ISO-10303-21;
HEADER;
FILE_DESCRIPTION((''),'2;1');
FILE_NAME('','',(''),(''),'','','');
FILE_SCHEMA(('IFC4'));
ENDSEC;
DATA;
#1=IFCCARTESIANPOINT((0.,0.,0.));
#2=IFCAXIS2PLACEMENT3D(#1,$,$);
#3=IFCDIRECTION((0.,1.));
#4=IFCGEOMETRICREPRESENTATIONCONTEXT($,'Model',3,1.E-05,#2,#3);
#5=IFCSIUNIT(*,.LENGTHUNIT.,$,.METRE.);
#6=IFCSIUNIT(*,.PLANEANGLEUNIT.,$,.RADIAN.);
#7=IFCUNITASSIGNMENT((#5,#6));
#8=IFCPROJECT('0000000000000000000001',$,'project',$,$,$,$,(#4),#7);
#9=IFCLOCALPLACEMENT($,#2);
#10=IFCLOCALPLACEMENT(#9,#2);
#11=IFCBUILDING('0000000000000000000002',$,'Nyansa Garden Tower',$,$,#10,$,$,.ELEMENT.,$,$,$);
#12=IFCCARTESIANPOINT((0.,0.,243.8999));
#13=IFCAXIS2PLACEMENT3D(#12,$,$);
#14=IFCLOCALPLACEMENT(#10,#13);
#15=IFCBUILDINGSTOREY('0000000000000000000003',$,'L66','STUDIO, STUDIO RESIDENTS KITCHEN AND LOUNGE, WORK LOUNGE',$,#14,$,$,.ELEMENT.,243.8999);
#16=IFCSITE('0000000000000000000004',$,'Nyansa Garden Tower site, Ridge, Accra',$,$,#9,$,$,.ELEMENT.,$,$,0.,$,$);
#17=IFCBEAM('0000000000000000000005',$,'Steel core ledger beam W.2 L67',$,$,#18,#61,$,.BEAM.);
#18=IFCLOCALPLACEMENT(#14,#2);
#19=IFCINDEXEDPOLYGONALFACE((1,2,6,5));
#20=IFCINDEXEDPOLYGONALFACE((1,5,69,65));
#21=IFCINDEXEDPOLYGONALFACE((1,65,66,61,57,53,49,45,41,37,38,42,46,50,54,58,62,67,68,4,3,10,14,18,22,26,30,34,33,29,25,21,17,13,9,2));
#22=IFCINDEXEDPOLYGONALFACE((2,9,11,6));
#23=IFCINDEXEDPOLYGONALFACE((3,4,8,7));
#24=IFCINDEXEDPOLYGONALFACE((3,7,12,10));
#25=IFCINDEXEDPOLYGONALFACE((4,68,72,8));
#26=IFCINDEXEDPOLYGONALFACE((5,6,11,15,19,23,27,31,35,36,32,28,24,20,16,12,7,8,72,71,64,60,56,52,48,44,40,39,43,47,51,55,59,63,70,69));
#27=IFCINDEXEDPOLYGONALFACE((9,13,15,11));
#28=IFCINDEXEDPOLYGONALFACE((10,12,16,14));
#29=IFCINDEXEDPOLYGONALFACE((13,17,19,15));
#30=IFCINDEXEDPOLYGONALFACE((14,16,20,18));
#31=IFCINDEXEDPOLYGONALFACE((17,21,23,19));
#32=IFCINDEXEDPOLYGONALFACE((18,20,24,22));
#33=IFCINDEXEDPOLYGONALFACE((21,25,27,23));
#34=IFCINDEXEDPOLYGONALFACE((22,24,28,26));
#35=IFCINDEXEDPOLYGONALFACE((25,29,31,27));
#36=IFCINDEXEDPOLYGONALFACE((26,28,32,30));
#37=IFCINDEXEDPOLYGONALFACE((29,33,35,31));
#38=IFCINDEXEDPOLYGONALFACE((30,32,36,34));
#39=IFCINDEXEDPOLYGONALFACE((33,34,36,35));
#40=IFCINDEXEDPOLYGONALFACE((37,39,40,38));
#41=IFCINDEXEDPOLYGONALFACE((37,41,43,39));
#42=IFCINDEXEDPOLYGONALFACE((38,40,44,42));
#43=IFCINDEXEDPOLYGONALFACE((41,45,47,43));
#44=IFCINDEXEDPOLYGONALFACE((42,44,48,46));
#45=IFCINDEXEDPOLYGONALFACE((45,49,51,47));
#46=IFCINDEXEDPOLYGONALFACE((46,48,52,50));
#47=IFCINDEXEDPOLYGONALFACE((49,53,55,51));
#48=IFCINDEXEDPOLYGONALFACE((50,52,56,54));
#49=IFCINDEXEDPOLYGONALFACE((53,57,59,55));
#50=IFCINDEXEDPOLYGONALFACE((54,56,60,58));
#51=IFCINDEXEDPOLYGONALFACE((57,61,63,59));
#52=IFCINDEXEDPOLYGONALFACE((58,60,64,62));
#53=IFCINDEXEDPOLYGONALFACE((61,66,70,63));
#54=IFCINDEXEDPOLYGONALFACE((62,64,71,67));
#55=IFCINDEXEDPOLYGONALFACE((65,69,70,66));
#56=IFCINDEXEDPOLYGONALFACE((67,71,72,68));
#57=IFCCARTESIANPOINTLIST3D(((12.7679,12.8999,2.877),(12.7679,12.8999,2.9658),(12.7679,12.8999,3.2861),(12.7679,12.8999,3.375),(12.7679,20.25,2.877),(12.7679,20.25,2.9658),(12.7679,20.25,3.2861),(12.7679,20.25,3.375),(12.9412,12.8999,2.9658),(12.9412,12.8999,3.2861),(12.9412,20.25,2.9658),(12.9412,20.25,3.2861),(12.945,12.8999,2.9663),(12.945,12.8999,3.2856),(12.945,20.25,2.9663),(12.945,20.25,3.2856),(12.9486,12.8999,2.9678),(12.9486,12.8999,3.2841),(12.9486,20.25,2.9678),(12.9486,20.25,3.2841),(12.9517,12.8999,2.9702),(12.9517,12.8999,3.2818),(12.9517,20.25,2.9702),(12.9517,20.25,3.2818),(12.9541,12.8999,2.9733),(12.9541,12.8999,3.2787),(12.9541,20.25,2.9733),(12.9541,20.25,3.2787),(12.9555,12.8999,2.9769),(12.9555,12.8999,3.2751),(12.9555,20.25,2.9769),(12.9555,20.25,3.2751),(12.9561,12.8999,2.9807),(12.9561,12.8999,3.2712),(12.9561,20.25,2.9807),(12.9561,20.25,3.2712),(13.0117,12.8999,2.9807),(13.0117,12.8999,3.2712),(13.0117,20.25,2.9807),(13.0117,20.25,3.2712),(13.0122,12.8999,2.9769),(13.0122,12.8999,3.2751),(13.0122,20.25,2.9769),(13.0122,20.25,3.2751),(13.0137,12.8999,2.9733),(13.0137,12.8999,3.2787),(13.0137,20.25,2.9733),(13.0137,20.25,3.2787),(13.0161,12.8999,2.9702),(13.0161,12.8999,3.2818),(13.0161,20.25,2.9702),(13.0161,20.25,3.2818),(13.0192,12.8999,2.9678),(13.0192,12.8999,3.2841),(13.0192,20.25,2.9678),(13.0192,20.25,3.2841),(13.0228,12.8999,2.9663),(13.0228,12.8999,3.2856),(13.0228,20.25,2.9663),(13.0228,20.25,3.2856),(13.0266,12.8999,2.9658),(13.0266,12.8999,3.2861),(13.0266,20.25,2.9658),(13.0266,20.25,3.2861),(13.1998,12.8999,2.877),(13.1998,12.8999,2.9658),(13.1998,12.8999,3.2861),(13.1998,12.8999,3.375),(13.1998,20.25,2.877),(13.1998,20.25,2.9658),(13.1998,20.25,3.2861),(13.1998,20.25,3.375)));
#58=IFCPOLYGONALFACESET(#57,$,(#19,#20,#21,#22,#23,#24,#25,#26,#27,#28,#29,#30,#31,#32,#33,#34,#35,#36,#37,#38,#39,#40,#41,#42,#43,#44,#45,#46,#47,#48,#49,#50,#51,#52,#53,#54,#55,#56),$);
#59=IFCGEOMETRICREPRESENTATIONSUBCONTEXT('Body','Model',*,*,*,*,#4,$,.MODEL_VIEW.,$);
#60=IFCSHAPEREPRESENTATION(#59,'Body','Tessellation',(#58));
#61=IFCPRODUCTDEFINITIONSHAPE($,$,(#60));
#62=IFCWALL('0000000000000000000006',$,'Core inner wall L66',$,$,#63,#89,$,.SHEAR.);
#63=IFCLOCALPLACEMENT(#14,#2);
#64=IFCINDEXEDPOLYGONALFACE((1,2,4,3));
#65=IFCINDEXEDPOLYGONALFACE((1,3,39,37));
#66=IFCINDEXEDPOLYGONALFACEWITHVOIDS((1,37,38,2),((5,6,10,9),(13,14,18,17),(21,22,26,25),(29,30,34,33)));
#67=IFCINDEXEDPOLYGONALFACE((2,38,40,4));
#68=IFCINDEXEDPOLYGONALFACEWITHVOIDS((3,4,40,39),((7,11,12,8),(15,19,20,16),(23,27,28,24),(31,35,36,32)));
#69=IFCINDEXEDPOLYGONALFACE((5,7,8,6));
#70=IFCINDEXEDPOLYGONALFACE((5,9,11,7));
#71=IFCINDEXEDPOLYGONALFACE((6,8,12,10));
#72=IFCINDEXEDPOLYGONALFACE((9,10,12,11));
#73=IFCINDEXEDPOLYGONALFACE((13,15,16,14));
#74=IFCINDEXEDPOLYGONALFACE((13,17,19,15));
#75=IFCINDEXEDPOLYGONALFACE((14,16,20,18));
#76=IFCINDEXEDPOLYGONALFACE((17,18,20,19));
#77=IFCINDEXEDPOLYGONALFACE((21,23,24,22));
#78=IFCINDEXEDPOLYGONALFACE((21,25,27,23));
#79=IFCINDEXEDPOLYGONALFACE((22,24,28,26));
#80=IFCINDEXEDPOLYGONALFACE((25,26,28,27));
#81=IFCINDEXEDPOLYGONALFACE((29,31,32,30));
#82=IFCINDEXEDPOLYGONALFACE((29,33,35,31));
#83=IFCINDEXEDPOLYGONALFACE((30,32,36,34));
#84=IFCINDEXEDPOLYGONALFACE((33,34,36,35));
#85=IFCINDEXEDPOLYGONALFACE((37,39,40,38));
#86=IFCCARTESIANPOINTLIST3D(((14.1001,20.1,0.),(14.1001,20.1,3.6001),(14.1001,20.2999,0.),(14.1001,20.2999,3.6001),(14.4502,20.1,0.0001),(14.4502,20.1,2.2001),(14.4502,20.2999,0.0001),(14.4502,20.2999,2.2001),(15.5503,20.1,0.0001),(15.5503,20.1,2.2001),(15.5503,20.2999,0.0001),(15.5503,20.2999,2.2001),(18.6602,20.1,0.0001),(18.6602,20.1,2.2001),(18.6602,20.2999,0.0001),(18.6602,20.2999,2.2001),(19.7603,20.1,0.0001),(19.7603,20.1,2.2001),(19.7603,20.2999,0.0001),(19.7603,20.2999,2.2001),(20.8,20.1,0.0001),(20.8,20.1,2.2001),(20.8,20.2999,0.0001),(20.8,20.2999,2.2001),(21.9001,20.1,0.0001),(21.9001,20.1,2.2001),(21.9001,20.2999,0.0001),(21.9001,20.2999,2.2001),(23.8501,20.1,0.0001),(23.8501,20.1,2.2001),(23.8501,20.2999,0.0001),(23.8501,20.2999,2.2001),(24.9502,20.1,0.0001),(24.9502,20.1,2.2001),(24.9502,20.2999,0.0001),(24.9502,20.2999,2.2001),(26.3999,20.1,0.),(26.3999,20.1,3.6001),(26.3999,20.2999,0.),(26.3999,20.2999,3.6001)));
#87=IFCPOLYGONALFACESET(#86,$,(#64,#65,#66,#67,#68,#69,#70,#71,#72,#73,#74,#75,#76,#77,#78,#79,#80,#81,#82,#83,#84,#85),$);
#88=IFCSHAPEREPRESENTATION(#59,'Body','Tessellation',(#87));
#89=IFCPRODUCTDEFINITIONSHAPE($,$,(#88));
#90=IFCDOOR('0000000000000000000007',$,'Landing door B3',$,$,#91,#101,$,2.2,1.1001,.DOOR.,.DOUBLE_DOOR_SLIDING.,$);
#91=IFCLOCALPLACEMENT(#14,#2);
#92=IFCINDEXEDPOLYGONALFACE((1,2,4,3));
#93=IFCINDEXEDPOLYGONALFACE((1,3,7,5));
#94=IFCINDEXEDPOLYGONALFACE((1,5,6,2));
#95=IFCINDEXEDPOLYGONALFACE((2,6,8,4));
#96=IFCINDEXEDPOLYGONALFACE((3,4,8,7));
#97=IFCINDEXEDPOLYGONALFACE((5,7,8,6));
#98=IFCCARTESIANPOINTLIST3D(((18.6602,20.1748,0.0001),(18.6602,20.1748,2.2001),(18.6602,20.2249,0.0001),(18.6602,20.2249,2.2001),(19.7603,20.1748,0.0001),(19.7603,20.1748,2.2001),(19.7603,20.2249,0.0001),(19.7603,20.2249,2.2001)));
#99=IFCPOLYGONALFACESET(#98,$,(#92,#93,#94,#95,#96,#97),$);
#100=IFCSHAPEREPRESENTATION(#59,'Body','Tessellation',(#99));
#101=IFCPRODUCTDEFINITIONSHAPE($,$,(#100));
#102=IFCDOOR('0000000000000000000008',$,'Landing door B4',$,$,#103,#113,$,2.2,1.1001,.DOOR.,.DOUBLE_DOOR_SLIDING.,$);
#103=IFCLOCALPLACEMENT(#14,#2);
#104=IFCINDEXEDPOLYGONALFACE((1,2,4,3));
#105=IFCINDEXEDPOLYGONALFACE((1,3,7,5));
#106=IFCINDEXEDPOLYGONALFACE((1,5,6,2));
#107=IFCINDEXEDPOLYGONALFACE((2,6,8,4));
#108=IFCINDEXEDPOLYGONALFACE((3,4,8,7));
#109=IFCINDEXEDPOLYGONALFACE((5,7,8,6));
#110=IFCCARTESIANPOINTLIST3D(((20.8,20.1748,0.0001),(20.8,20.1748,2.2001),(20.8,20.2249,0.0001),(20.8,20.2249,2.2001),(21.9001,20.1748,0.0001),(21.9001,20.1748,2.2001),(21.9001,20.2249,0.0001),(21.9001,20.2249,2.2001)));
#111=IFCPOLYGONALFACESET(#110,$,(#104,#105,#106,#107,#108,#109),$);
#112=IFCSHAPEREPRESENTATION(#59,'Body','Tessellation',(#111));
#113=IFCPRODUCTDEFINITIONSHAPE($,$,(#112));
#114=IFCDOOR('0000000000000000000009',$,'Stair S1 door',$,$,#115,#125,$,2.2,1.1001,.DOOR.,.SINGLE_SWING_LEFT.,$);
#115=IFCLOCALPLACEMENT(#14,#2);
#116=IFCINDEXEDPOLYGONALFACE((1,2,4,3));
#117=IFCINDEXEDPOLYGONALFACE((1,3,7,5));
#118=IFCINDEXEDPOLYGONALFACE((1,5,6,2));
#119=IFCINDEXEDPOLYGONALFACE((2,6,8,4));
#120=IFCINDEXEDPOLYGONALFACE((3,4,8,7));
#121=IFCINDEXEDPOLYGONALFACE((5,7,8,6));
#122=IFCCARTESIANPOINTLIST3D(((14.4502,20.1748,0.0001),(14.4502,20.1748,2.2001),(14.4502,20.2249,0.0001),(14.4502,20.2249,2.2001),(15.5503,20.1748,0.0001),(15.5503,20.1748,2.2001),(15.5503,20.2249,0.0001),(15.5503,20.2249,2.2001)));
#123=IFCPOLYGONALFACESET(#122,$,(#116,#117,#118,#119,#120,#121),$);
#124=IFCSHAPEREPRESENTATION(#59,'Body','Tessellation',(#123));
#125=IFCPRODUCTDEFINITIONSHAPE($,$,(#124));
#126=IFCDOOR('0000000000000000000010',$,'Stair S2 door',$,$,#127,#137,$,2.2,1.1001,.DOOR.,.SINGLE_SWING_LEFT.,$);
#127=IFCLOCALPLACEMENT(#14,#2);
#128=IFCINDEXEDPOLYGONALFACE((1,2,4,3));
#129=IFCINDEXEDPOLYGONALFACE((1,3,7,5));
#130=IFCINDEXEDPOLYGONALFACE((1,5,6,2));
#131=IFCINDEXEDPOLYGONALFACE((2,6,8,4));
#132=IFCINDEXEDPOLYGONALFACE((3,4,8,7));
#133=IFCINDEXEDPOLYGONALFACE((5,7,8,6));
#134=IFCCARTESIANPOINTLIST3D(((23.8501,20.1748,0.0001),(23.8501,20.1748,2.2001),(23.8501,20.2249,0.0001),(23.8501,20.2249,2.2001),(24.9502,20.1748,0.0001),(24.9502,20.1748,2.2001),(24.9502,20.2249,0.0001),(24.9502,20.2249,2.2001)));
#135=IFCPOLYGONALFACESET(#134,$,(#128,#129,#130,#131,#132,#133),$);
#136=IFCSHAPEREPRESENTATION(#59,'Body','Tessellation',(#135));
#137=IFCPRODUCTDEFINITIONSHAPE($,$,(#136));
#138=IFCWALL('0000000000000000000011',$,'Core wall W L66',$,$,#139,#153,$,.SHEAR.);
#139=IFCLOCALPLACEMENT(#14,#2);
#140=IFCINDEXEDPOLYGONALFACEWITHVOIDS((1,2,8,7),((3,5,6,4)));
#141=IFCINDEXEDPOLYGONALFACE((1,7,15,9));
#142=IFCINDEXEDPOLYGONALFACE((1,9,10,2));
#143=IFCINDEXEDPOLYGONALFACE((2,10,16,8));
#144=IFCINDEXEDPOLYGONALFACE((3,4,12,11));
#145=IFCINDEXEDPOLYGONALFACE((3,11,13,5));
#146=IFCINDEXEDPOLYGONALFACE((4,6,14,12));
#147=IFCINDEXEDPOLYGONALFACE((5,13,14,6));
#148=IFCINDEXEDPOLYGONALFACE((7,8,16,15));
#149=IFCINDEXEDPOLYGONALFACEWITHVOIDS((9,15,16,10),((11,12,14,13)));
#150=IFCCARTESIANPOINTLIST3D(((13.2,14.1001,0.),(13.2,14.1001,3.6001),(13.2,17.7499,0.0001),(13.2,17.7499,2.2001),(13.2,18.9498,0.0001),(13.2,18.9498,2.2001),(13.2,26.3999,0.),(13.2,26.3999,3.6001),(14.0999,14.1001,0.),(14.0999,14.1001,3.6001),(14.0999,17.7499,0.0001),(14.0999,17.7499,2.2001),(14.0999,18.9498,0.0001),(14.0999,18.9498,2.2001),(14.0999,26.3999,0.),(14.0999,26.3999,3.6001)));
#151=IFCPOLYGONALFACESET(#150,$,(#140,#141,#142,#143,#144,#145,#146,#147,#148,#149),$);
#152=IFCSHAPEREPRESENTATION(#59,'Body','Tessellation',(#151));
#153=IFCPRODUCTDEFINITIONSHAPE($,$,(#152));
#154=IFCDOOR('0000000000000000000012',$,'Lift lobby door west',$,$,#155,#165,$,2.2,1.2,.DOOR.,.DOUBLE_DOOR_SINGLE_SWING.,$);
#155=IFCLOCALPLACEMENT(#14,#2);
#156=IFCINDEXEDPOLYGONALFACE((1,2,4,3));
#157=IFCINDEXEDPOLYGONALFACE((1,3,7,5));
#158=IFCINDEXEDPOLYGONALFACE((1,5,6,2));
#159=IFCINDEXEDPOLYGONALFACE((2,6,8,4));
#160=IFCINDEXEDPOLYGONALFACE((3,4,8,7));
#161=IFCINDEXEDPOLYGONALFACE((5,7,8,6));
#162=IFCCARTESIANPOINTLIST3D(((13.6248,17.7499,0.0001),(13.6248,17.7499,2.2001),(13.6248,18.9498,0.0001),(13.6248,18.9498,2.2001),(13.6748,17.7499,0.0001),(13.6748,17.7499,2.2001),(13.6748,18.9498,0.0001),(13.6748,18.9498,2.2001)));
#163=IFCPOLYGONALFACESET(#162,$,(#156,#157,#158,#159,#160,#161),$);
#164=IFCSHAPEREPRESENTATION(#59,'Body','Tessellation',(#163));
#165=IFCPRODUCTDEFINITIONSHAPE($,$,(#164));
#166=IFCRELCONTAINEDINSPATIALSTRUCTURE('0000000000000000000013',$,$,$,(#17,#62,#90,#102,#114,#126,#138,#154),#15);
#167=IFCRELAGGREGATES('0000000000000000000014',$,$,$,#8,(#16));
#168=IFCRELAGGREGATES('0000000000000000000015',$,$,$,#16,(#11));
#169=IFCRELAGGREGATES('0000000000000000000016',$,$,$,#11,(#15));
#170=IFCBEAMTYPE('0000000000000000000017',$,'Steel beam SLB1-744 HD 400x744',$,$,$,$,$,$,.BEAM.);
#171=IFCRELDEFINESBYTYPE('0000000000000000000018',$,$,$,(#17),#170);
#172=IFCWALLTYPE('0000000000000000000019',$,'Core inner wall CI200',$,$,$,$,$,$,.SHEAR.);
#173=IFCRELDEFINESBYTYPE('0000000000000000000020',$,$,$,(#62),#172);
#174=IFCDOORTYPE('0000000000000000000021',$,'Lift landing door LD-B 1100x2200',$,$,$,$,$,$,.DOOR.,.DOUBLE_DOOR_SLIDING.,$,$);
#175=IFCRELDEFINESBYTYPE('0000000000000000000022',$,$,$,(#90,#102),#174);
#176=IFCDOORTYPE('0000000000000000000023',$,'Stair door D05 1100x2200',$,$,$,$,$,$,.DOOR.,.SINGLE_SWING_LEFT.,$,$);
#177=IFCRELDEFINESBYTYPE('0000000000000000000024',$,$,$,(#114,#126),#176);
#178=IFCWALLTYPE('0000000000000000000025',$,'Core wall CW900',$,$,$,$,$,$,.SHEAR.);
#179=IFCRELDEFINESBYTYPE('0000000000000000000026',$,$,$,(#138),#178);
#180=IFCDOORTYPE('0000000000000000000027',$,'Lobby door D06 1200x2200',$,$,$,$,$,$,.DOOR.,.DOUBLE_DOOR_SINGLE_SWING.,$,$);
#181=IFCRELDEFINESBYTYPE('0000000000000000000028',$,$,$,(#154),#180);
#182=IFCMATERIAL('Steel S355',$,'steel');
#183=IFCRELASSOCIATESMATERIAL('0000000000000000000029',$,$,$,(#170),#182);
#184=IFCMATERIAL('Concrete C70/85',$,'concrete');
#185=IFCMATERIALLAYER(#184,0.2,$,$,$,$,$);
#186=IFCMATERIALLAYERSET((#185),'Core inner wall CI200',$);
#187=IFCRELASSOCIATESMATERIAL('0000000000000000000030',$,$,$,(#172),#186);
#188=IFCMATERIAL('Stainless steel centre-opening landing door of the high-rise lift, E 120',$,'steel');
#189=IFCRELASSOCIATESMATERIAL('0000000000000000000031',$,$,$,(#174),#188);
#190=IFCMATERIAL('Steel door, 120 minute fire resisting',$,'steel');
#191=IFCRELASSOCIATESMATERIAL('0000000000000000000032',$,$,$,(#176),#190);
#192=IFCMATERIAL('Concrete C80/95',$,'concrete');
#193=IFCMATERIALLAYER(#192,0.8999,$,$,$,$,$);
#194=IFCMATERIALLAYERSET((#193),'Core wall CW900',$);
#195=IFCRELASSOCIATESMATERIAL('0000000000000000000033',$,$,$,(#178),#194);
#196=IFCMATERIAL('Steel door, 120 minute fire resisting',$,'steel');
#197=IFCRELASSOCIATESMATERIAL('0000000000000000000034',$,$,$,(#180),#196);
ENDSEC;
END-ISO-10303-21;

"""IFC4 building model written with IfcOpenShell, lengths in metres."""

from ifc_helpers import new_model, si_unit, direction, frame, frame_2d, origin, origin_2d, place, context, subcontext, project, spatial, rectangle, i_section, extrude, material, layer, layer_set, material_profile, profile_set, type_object, element, fill, save


model = new_model("IFC4")

# Units and contexts
model_context = context("Model", 3, precision=1e-05, world=origin(), true_north=direction((0.0, 1.0)))
body_context = subcontext(model_context, "Body", "Model", "MODEL_VIEW")
ifc_project = project(units=[si_unit("LENGTHUNIT", "METRE"), si_unit("PLANEANGLEUNIT", "RADIAN")], contexts=[model_context])

# Site, building, storey
site_placement = place(None, origin())
site = spatial("IfcSite", under=ifc_project, at=site_placement, Name="Nyansa Garden Tower site, Ridge, Accra", CompositionType="ELEMENT", RefElevation=0.0)
building_placement = place(site_placement, origin())
building = spatial("IfcBuilding", under=site, at=building_placement, Name="Nyansa Garden Tower", CompositionType="ELEMENT")
storey_placement = place(building_placement, frame((0.0, 0.0, 243.8999)))
storey = spatial("IfcBuildingStorey", under=building, at=storey_placement, Name="L66", Description="STUDIO, STUDIO RESIDENTS KITCHEN AND LOUNGE, WORK LOUNGE", CompositionType="ELEMENT", Elevation=243.8999)

# Beam
ifc_material_1 = material(Name="Steel S355", Category="steel")
ifc_material_profile_1 = material_profile(ifc_material_1, i_section(OverallWidth=0.4319, OverallDepth=0.498, WebThickness=0.0557, FlangeThickness=0.0889, FilletRadius=0.0149, at=origin_2d()), Name="HD 400x744")
ifc_profile_set_1 = profile_set([ifc_material_profile_1], Name="Steel S355")
beam_type_1 = type_object("IfcBeamType", Name="Steel beam SLB1-744 HD 400x744", PredefinedType="BEAM", material=ifc_profile_set_1)
for number, where, z_axis, x_axis, name in (
    (1, (12.9839, 20.25, 3.126), (0.0, -1.0, 0.0), (1.0, 0.0, 0.0), "Steel core ledger beam W.2 L67"),
):
    element("IfcBeam", number, at=place(storey_placement, frame(where, z_axis=z_axis, x_axis=x_axis)), inside=storey, type_object=beam_type_1, Name=name, PredefinedType="BEAM", context=body_context, shape_type="SweptSolid", body=[
        extrude(i_section(OverallWidth=0.4319, OverallDepth=0.498, WebThickness=0.0557, FlangeThickness=0.0889, FilletRadius=0.0149, at=origin_2d()), origin(), (0.0, 0.0, 1.0), 7.3501),
    ])

# Wall, openings, doors
ifc_material_2 = material(Name="Concrete C70/85", Category="concrete")
ifc_layer_1 = layer(ifc_material_2, 0.2)
ifc_layer_set_1 = layer_set([ifc_layer_1], Name="Core inner wall CI200")
wall_type_1 = type_object("IfcWallType", Name="Core inner wall CI200", PredefinedType="SHEAR", material=ifc_layer_set_1)
wall_1_placement = place(storey_placement, frame((14.1001, 20.2, 0.0), z_axis=(0.0, 0.0, 1.0), x_axis=(1.0, 0.0, 0.0)))
wall_1 = element("IfcWall", 2, at=wall_1_placement, inside=storey, type_object=wall_type_1, Name="Core inner wall L66", PredefinedType="SHEAR", context=body_context, shape_type="SweptSolid", body=[
    extrude(rectangle(XDim=12.2998, YDim=0.2, at=frame_2d((6.1499, 0.0))), origin(), (0.0, 0.0, 1.0), 3.6001),
])
opening_1_placement = place(wall_1_placement, frame((4.5601, 0.0, 0.0)))
opening_1 = element("IfcOpeningElement", 3, at=opening_1_placement, cuts=wall_1, PredefinedType="OPENING", context=body_context, shape_type="SweptSolid", body=[
    extrude(rectangle(XDim=1.1001, YDim=2.2, at=frame_2d((0.55, 1.1001))), frame((0.0, 0.1099, 0.0), z_axis=(0.0, -1.0, 0.0), x_axis=(1.0, 0.0, 0.0)), (0.0, 0.0, 1.0), 0.22),
])
opening_2_placement = place(wall_1_placement, frame((6.7, 0.0, 0.0)))
opening_2 = element("IfcOpeningElement", 4, at=opening_2_placement, cuts=wall_1, PredefinedType="OPENING", context=body_context, shape_type="SweptSolid", body=[
    extrude(rectangle(XDim=1.1001, YDim=2.2, at=frame_2d((0.55, 1.1001))), frame((0.0, 0.1099, 0.0), z_axis=(0.0, -1.0, 0.0), x_axis=(1.0, 0.0, 0.0)), (0.0, 0.0, 1.0), 0.22),
])
opening_3_placement = place(wall_1_placement, frame((0.3501, 0.0, 0.0)))
opening_3 = element("IfcOpeningElement", 5, at=opening_3_placement, cuts=wall_1, PredefinedType="OPENING", context=body_context, shape_type="SweptSolid", body=[
    extrude(rectangle(XDim=1.1001, YDim=2.2, at=frame_2d((0.55, 1.1001))), frame((0.0, 0.1099, 0.0), z_axis=(0.0, -1.0, 0.0), x_axis=(1.0, 0.0, 0.0)), (0.0, 0.0, 1.0), 0.22),
])
opening_4_placement = place(wall_1_placement, frame((9.75, 0.0, 0.0)))
opening_4 = element("IfcOpeningElement", 6, at=opening_4_placement, cuts=wall_1, PredefinedType="OPENING", context=body_context, shape_type="SweptSolid", body=[
    extrude(rectangle(XDim=1.1001, YDim=2.2, at=frame_2d((0.55, 1.1001))), frame((0.0, 0.1099, 0.0), z_axis=(0.0, -1.0, 0.0), x_axis=(1.0, 0.0, 0.0)), (0.0, 0.0, 1.0), 0.22),
])
ifc_material_3 = material(Name="Stainless steel centre-opening landing door of the high-rise lift, E 120", Category="steel")
door_type_1 = type_object("IfcDoorType", Name="Lift landing door LD-B 1100x2200", OperationType="DOUBLE_DOOR_SLIDING", PredefinedType="DOOR", material=ifc_material_3)
door_1_placement = place(opening_1_placement, origin())
door_1 = element("IfcDoor", 7, at=door_1_placement, inside=storey, type_object=door_type_1, Name="Landing door B3", OperationType="DOUBLE_DOOR_SLIDING", OverallHeight=2.2, OverallWidth=1.1001, PredefinedType="DOOR", context=body_context, shape_type="SweptSolid", body=[
    extrude(rectangle(XDim=1.1001, YDim=2.2, at=frame_2d((0.55, 1.1001))), frame((0.0, 0.0249, 0.0), z_axis=(0.0, -1.0, 0.0), x_axis=(1.0, 0.0, 0.0)), (0.0, 0.0, 1.0), 0.05),
])
fill(opening_1, door_1)
door_2_placement = place(opening_2_placement, origin())
door_2 = element("IfcDoor", 8, at=door_2_placement, inside=storey, type_object=door_type_1, Name="Landing door B4", OperationType="DOUBLE_DOOR_SLIDING", OverallHeight=2.2, OverallWidth=1.1001, PredefinedType="DOOR", context=body_context, shape_type="SweptSolid", body=[
    extrude(rectangle(XDim=1.1001, YDim=2.2, at=frame_2d((0.55, 1.1001))), frame((0.0, 0.0249, 0.0), z_axis=(0.0, -1.0, 0.0), x_axis=(1.0, 0.0, 0.0)), (0.0, 0.0, 1.0), 0.05),
])
fill(opening_2, door_2)
ifc_material_4 = material(Name="Steel door, 120 minute fire resisting", Category="steel")
door_type_2 = type_object("IfcDoorType", Name="Stair door D05 1100x2200", OperationType="SINGLE_SWING_LEFT", PredefinedType="DOOR", material=ifc_material_4)
door_3_placement = place(opening_3_placement, origin())
door_3 = element("IfcDoor", 9, at=door_3_placement, inside=storey, type_object=door_type_2, Name="Stair S1 door", OperationType="SINGLE_SWING_LEFT", OverallHeight=2.2, OverallWidth=1.1001, PredefinedType="DOOR", context=body_context, shape_type="SweptSolid", body=[
    extrude(rectangle(XDim=1.1001, YDim=2.2, at=frame_2d((0.55, 1.1001))), frame((0.0, 0.0249, 0.0), z_axis=(0.0, -1.0, 0.0), x_axis=(1.0, 0.0, 0.0)), (0.0, 0.0, 1.0), 0.05),
])
fill(opening_3, door_3)
door_4_placement = place(opening_4_placement, origin())
door_4 = element("IfcDoor", 10, at=door_4_placement, inside=storey, type_object=door_type_2, Name="Stair S2 door", OperationType="SINGLE_SWING_LEFT", OverallHeight=2.2, OverallWidth=1.1001, PredefinedType="DOOR", context=body_context, shape_type="SweptSolid", body=[
    extrude(rectangle(XDim=1.1001, YDim=2.2, at=frame_2d((0.55, 1.1001))), frame((0.0, 0.0249, 0.0), z_axis=(0.0, -1.0, 0.0), x_axis=(1.0, 0.0, 0.0)), (0.0, 0.0, 1.0), 0.05),
])
fill(opening_4, door_4)

# Wall, opening, door
ifc_material_5 = material(Name="Concrete C80/95", Category="concrete")
ifc_layer_2 = layer(ifc_material_5, 0.8999)
ifc_layer_set_2 = layer_set([ifc_layer_2], Name="Core wall CW900")
wall_type_2 = type_object("IfcWallType", Name="Core wall CW900", PredefinedType="SHEAR", material=ifc_layer_set_2)
wall_2_placement = place(storey_placement, frame((13.6499, 26.3999, 0.0), z_axis=(0.0, 0.0, 1.0), x_axis=(0.0, -1.0, 0.0)))
wall_2 = element("IfcWall", 11, at=wall_2_placement, inside=storey, type_object=wall_type_2, Name="Core wall W L66", PredefinedType="SHEAR", context=body_context, shape_type="SweptSolid", body=[
    extrude(rectangle(XDim=12.2998, YDim=0.8999, at=frame_2d((6.1499, 0.0))), origin(), (0.0, 0.0, 1.0), 3.6001),
])
opening_5_placement = place(wall_2_placement, frame((7.45, 0.0, 0.0)))
opening_5 = element("IfcOpeningElement", 12, at=opening_5_placement, cuts=wall_2, PredefinedType="OPENING", context=body_context, shape_type="SweptSolid", body=[
    extrude(rectangle(XDim=1.2, YDim=2.2, at=frame_2d((0.6001, 1.1001))), frame((0.0, 0.46, 0.0), z_axis=(0.0, -1.0, 0.0), x_axis=(1.0, 0.0, 0.0)), (0.0, 0.0, 1.0), 0.9199),
])
ifc_material_6 = material(Name="Steel door, 120 minute fire resisting", Category="steel")
door_type_3 = type_object("IfcDoorType", Name="Lobby door D06 1200x2200", OperationType="DOUBLE_DOOR_SINGLE_SWING", PredefinedType="DOOR", material=ifc_material_6)
door_5_placement = place(opening_5_placement, origin())
door_5 = element("IfcDoor", 13, at=door_5_placement, inside=storey, type_object=door_type_3, Name="Lift lobby door west", OperationType="DOUBLE_DOOR_SINGLE_SWING", OverallHeight=2.2, OverallWidth=1.2, PredefinedType="DOOR", context=body_context, shape_type="SweptSolid", body=[
    extrude(rectangle(XDim=1.2, YDim=2.2, at=frame_2d((0.6001, 1.1001))), frame((0.0, 0.0249, 0.0), z_axis=(0.0, -1.0, 0.0), x_axis=(1.0, 0.0, 0.0)), (0.0, 0.0, 1.0), 0.05),
])
fill(opening_5, door_5)

save(model, "model.ifc")
